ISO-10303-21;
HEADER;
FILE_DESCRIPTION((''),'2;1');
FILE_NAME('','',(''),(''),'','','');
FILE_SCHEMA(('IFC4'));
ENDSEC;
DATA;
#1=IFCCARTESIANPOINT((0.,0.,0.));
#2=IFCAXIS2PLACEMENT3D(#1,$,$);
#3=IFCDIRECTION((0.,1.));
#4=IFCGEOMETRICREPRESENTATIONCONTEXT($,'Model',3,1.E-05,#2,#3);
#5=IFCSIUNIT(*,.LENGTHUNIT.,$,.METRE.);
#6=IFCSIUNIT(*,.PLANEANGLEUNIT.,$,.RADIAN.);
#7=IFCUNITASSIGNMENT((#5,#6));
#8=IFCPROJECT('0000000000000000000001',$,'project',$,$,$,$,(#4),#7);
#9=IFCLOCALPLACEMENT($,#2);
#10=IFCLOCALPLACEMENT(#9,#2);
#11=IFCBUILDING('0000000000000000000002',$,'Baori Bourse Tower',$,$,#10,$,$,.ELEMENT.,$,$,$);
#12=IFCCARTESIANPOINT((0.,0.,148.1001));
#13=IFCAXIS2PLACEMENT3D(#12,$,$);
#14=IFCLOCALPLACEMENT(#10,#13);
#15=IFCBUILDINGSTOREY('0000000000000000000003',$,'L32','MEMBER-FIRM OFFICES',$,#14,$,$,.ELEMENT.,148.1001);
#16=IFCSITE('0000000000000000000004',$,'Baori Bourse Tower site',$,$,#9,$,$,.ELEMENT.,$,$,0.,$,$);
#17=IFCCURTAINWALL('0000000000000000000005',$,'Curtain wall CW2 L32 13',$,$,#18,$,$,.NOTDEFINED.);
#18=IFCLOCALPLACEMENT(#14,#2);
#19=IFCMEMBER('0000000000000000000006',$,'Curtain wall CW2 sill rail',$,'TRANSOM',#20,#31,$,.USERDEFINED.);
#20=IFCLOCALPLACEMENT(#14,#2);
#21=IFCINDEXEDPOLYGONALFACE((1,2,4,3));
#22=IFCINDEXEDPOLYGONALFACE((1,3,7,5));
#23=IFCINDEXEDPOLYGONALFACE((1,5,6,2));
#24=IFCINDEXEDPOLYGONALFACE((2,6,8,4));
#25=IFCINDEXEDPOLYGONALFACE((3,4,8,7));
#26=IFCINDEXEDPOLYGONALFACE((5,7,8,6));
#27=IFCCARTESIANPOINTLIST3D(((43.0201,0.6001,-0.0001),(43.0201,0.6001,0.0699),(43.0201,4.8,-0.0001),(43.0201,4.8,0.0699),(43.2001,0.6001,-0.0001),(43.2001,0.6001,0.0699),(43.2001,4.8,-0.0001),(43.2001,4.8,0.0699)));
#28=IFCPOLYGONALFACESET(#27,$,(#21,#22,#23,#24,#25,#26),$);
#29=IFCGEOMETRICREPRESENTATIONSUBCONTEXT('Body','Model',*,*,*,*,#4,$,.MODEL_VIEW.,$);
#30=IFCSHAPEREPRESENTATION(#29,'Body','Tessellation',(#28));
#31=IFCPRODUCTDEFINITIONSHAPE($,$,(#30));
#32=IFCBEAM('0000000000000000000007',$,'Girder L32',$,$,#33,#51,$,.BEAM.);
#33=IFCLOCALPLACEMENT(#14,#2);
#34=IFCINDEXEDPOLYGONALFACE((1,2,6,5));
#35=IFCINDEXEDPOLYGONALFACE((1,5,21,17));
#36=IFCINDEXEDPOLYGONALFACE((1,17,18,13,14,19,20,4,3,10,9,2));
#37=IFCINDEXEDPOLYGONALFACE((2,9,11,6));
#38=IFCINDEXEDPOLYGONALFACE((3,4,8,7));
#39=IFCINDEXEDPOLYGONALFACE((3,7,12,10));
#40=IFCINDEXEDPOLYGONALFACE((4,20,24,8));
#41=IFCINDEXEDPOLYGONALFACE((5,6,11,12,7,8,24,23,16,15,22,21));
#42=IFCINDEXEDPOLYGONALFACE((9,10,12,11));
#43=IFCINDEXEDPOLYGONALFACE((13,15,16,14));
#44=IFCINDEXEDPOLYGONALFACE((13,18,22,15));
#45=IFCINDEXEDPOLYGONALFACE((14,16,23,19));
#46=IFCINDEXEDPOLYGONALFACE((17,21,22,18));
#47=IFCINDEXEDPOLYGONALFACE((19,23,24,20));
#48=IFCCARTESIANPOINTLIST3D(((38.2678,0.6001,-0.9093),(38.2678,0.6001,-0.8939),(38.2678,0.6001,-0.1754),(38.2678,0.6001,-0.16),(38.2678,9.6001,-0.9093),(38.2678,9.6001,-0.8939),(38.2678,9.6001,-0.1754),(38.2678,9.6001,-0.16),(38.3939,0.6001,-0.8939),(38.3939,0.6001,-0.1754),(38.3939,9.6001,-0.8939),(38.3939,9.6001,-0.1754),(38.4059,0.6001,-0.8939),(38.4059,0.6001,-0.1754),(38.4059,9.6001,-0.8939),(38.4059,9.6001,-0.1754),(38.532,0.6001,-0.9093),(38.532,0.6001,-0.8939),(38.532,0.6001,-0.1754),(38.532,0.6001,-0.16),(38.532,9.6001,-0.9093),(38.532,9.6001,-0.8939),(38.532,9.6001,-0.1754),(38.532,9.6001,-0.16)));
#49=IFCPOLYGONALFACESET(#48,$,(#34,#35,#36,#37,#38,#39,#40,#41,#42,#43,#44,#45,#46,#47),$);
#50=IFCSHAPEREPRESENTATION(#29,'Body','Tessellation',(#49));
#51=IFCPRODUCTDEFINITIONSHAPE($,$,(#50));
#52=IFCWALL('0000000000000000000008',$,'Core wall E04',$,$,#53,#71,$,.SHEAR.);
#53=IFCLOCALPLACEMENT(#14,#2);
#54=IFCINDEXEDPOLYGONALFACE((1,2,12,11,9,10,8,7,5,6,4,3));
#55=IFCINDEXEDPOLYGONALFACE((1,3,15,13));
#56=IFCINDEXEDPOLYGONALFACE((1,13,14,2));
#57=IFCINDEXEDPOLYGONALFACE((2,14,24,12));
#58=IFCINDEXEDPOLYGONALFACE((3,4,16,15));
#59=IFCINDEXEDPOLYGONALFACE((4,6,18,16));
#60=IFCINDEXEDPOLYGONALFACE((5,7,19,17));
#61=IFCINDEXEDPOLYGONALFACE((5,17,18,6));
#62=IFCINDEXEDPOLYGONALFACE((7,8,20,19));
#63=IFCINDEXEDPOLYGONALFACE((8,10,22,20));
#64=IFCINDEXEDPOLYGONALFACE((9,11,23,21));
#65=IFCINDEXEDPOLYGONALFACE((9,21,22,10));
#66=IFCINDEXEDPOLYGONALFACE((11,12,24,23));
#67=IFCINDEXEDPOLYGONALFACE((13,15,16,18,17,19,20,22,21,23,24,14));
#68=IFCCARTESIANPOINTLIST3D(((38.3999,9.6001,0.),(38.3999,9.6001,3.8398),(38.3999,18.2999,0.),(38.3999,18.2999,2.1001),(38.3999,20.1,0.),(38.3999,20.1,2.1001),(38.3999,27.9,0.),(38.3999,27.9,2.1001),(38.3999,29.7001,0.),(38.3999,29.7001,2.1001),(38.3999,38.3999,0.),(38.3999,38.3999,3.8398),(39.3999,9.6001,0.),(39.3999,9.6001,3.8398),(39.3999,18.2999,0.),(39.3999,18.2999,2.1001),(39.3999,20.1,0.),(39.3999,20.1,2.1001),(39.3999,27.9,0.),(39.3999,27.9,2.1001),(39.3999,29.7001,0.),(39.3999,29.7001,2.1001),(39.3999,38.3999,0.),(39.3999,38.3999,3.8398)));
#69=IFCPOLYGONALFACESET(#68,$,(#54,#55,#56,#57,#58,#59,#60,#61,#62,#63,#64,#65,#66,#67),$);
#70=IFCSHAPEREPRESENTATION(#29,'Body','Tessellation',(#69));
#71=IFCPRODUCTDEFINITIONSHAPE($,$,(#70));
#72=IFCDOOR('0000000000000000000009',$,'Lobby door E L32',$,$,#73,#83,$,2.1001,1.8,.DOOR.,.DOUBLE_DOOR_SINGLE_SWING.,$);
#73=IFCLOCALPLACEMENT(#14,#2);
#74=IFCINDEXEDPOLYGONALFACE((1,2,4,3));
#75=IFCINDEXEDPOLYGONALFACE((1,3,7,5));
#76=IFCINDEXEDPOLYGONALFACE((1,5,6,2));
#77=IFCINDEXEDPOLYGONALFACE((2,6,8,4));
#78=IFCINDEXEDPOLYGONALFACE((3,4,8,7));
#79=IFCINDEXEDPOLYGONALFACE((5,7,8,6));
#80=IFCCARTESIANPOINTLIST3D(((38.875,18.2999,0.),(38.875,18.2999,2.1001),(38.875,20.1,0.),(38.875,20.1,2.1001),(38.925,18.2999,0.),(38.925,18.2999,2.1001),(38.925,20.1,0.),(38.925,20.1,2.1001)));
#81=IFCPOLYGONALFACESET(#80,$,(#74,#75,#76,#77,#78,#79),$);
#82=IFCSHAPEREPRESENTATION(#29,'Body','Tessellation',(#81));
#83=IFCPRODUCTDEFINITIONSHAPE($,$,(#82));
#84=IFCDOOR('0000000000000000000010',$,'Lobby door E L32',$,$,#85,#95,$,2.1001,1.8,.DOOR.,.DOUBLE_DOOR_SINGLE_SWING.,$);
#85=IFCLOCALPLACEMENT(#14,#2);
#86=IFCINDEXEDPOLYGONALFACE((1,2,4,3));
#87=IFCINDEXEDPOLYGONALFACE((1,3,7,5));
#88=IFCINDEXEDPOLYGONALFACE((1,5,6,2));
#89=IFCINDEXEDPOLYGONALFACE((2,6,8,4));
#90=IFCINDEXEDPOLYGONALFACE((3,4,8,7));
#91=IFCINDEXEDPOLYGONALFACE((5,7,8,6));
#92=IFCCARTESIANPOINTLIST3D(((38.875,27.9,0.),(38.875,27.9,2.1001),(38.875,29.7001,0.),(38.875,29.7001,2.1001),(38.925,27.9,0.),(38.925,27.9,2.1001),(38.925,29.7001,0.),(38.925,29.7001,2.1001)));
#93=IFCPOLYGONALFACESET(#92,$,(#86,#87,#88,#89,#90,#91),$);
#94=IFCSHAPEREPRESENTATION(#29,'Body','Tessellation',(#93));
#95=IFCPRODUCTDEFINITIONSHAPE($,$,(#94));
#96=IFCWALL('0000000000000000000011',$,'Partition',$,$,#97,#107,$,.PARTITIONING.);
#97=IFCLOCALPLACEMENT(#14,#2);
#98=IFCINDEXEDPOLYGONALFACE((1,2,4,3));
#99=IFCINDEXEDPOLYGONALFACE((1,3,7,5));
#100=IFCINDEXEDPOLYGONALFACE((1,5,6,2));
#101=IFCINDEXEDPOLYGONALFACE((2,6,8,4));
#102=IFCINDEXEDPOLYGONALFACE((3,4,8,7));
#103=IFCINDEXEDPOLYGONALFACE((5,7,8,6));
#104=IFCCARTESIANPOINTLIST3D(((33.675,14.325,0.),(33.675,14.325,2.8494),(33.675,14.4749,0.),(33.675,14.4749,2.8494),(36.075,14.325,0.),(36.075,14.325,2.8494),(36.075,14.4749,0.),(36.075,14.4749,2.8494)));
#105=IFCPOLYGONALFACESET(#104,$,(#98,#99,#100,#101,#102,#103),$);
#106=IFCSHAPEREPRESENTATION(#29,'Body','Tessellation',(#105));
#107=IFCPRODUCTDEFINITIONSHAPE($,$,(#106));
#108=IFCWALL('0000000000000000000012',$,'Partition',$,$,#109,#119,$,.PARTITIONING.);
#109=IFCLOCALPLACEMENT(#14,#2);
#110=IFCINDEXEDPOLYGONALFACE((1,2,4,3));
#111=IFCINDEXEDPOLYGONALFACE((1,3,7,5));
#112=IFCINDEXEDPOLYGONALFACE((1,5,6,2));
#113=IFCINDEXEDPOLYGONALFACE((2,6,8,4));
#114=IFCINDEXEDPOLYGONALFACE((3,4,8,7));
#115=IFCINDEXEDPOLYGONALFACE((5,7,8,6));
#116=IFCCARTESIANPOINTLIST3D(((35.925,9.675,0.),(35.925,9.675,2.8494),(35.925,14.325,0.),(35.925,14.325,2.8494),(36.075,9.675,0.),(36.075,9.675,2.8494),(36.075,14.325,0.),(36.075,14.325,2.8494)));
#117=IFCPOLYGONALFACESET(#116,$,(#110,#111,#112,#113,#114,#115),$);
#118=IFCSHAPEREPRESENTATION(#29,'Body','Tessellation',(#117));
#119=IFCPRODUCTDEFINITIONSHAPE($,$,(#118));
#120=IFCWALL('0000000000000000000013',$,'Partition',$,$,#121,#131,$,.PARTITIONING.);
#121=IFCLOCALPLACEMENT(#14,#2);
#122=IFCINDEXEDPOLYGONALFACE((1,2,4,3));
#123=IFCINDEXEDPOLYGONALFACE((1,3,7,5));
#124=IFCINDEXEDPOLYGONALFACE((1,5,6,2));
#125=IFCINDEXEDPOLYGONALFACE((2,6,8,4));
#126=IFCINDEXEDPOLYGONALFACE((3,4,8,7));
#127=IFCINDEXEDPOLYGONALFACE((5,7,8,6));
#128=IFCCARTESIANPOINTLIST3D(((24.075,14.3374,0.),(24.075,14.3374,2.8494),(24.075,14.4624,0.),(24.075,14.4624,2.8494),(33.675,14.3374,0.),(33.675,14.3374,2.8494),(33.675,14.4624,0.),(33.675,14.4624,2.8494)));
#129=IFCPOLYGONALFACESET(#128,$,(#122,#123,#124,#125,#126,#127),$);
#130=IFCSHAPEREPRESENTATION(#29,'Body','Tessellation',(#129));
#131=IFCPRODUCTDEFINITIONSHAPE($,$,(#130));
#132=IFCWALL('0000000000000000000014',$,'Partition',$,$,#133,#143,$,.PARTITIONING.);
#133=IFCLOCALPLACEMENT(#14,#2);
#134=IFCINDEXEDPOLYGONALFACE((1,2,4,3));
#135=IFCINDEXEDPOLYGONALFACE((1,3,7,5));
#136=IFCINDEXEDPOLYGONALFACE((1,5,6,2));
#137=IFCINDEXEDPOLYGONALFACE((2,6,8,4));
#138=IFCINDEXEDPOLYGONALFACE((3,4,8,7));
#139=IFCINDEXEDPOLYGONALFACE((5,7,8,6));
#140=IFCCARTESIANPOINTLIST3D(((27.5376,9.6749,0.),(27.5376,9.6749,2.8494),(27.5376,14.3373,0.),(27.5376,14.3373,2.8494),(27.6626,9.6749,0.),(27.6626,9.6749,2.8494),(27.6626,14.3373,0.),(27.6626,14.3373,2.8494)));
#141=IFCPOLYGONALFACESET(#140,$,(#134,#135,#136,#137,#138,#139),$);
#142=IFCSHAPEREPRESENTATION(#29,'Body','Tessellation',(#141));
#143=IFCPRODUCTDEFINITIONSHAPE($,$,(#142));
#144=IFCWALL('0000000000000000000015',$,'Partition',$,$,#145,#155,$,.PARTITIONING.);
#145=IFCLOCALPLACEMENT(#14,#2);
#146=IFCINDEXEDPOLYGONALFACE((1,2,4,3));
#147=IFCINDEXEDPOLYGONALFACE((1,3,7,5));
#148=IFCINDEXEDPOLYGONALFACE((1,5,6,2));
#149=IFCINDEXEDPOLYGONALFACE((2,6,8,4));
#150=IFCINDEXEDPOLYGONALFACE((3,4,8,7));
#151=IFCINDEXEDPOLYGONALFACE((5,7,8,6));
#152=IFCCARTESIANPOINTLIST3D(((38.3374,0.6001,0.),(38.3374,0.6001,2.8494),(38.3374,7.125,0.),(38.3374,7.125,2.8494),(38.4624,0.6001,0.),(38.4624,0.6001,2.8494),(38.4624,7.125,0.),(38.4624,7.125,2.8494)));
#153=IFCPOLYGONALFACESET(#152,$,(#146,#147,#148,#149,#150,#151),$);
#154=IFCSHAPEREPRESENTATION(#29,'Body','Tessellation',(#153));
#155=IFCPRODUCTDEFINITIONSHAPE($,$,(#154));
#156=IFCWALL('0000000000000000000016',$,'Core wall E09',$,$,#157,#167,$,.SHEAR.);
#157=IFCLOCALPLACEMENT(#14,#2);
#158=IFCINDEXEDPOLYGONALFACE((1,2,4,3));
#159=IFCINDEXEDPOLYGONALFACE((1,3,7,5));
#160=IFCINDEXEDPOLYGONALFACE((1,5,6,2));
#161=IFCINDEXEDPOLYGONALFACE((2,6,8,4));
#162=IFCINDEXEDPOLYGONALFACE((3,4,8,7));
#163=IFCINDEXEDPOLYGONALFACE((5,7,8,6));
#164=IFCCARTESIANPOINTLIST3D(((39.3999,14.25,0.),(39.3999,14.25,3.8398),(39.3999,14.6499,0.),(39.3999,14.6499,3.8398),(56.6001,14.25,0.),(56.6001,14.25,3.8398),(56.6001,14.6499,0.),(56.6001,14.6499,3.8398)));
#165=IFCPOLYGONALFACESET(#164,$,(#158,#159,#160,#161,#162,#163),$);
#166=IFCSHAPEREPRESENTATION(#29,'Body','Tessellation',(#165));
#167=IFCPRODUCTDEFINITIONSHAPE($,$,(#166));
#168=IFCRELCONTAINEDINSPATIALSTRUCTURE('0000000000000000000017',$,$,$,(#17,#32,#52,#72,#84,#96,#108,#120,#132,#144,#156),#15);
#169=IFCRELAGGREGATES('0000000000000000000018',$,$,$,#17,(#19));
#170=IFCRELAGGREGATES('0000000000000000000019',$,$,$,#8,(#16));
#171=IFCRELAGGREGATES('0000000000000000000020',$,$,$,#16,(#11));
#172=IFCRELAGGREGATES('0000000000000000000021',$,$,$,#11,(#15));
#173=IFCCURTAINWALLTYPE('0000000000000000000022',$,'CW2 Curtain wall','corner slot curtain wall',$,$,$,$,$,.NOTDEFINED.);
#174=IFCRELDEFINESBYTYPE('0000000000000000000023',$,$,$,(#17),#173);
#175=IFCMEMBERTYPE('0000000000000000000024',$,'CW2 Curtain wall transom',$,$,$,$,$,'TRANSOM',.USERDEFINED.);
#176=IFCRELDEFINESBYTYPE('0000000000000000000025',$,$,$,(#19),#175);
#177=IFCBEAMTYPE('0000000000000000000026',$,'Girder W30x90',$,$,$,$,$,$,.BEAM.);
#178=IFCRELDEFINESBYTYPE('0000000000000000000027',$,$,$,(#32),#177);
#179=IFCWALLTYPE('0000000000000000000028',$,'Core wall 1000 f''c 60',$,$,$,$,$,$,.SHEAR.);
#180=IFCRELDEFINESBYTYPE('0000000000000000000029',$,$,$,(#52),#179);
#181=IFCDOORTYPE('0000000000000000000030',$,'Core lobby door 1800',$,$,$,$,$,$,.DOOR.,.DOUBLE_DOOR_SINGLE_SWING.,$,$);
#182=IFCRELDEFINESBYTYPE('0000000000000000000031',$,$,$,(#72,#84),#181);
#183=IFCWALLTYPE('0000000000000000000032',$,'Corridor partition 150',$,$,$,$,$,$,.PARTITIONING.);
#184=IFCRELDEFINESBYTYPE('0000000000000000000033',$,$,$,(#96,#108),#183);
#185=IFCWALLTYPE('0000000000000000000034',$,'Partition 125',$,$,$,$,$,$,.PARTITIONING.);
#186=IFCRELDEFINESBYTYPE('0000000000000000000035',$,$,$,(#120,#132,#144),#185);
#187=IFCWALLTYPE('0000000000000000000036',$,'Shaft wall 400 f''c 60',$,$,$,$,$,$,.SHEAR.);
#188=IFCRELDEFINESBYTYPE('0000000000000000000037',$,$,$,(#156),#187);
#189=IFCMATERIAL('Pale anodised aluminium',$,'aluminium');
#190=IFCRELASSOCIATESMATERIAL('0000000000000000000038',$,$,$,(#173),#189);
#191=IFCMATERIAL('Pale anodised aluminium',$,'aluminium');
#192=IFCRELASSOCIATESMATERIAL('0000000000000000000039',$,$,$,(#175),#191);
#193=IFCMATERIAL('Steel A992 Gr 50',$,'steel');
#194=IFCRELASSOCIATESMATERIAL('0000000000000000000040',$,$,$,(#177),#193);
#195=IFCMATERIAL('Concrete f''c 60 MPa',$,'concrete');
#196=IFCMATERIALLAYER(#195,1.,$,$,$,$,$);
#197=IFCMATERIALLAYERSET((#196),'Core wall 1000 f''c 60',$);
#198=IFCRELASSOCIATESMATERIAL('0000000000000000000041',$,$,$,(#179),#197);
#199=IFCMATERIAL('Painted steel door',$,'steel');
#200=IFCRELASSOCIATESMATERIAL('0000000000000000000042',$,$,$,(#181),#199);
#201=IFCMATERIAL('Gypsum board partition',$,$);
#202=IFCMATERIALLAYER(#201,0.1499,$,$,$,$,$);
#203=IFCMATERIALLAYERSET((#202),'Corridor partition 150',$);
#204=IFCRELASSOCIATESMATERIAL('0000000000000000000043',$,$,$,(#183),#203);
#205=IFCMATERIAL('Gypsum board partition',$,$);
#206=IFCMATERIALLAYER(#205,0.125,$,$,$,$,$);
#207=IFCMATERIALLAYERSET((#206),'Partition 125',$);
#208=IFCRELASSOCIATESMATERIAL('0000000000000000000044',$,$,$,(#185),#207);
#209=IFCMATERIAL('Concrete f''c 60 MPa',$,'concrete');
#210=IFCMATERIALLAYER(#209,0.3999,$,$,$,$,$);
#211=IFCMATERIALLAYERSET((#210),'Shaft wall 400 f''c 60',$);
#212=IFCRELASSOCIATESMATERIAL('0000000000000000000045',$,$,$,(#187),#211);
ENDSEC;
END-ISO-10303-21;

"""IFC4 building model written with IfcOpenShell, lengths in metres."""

from ifc_helpers import new_model, si_unit, direction, frame, frame_2d, origin, origin_2d, place, context, subcontext, project, spatial, rectangle, i_section, extrude, material, layer, layer_set, material_profile, profile_set, type_object, element, fill, aggregate, save


model = new_model("IFC4")

# Units and contexts
model_context = context("Model", 3, precision=1e-05, world=origin(), true_north=direction((0.0, 1.0)))
body_context = subcontext(model_context, "Body", "Model", "MODEL_VIEW")
ifc_project = project(units=[si_unit("LENGTHUNIT", "METRE"), si_unit("PLANEANGLEUNIT", "RADIAN")], contexts=[model_context])

# Site, building, storey
site_placement = place(None, origin())
site = spatial("IfcSite", under=ifc_project, at=site_placement, Name="Baori Bourse Tower site", CompositionType="ELEMENT", RefElevation=0.0)
building_placement = place(site_placement, origin())
building = spatial("IfcBuilding", under=site, at=building_placement, Name="Baori Bourse Tower", CompositionType="ELEMENT")
storey_placement = place(building_placement, frame((0.0, 0.0, 148.1001)))
storey = spatial("IfcBuildingStorey", under=building, at=storey_placement, Name="L32", Description="MEMBER-FIRM OFFICES", CompositionType="ELEMENT", Elevation=148.1001)

# Curtain wall, member
ifc_material_1 = material(Name="Pale anodised aluminium", Category="aluminium")
curtain_wall_type = type_object("IfcCurtainWallType", Name="CW2 Curtain wall", Description="corner slot curtain wall", PredefinedType="NOTDEFINED", material=ifc_material_1)
curtain_wall_placement = place(storey_placement, origin())
curtain_wall = element("IfcCurtainWall", 1, at=curtain_wall_placement, inside=storey, type_object=curtain_wall_type, Name="Curtain wall CW2 L32 13", PredefinedType="NOTDEFINED")
ifc_material_2 = material(Name="Pale anodised aluminium", Category="aluminium")
ifc_material_profile_1 = material_profile(ifc_material_2, rectangle(XDim=0.1799, YDim=0.0701, at=origin_2d()), Name="Transom 70x180")
ifc_profile_set_1 = profile_set([ifc_material_profile_1], Name="Pale anodised aluminium")
member_type = type_object("IfcMemberType", Name="CW2 Curtain wall transom", ElementType="TRANSOM", PredefinedType="USERDEFINED", material=ifc_profile_set_1)
member_placement = place(storey_placement, frame((43.1101, 0.6001, 0.0349), z_axis=(0.0, 1.0, 0.0), x_axis=(-1.0, 0.0, 0.0)))
member = element("IfcMember", 2, at=member_placement, type_object=member_type, Name="Curtain wall CW2 sill rail", ObjectType="TRANSOM", PredefinedType="USERDEFINED", context=body_context, shape_type="SweptSolid", body=[
    extrude(rectangle(XDim=0.1799, YDim=0.0701, at=origin_2d()), origin(), (0.0, 0.0, 1.0), 4.2),
])
aggregate(curtain_wall, [member])

# Beam
ifc_material_3 = material(Name="Steel A992 Gr 50", Category="steel")
ifc_material_profile_2 = material_profile(ifc_material_3, i_section(OverallWidth=0.2642, OverallDepth=0.7493, WebThickness=0.012, FlangeThickness=0.0154, at=origin_2d()), Name="W30x90")
ifc_profile_set_2 = profile_set([ifc_material_profile_2], Name="Steel A992 Gr 50")
beam_type = type_object("IfcBeamType", Name="Girder W30x90", PredefinedType="BEAM", material=ifc_profile_set_2)
beam_placement = place(storey_placement, frame((38.3999, 0.6001, -0.5347), z_axis=(0.0, 1.0, 0.0), x_axis=(-1.0, 0.0, 0.0)))
element("IfcBeam", 3, at=beam_placement, inside=storey, type_object=beam_type, Name="Girder L32", PredefinedType="BEAM", context=body_context, shape_type="SweptSolid", body=[
    extrude(i_section(OverallWidth=0.2642, OverallDepth=0.7493, WebThickness=0.012, FlangeThickness=0.0154, at=origin_2d()), origin(), (0.0, 0.0, 1.0), 9.0),
])

# Wall, openings, doors
ifc_material_4 = material(Name="Concrete f'c 60 MPa", Category="concrete")
ifc_layer_1 = layer(ifc_material_4, 1.0)
ifc_layer_set_1 = layer_set([ifc_layer_1], Name="Core wall 1000 f'c 60")
wall_type_1 = type_object("IfcWallType", Name="Core wall 1000 f'c 60", PredefinedType="SHEAR", material=ifc_layer_set_1)
wall_1_placement = place(storey_placement, frame((38.8999, 9.6001, 0.0), z_axis=(0.0, 0.0, 1.0), x_axis=(0.0, 1.0, 0.0)))
wall_1 = element("IfcWall", 4, at=wall_1_placement, inside=storey, type_object=wall_type_1, Name="Core wall E04", PredefinedType="SHEAR", context=body_context, shape_type="SweptSolid", body=[
    extrude(rectangle(XDim=28.7998, YDim=1.0, at=frame_2d((14.3999, 0.0))), origin(), (0.0, 0.0, 1.0), 3.8398),
])
opening_1_placement = place(wall_1_placement, frame((8.7, 0.0, 0.0)))
opening_1 = element("IfcOpeningElement", 5, at=opening_1_placement, cuts=wall_1, PredefinedType="OPENING", context=body_context, shape_type="SweptSolid", body=[
    extrude(rectangle(XDim=1.8, YDim=2.1001, at=frame_2d((0.8999, 1.05))), frame((0.0, 0.51, 0.0), z_axis=(0.0, -1.0, 0.0), x_axis=(1.0, 0.0, 0.0)), (0.0, 0.0, 1.0), 1.02),
])
opening_2_placement = place(wall_1_placement, frame((18.3, 0.0, 0.0)))
opening_2 = element("IfcOpeningElement", 6, at=opening_2_placement, cuts=wall_1, PredefinedType="OPENING", context=body_context, shape_type="SweptSolid", body=[
    extrude(rectangle(XDim=1.8, YDim=2.1001, at=frame_2d((0.8999, 1.05))), frame((0.0, 0.51, 0.0), z_axis=(0.0, -1.0, 0.0), x_axis=(1.0, 0.0, 0.0)), (0.0, 0.0, 1.0), 1.02),
])
ifc_material_5 = material(Name="Painted steel door", Category="steel")
door_type = type_object("IfcDoorType", Name="Core lobby door 1800", OperationType="DOUBLE_DOOR_SINGLE_SWING", PredefinedType="DOOR", material=ifc_material_5)
door_1_placement = place(opening_1_placement, origin())
door_1 = element("IfcDoor", 7, at=door_1_placement, inside=storey, type_object=door_type, Name="Lobby door E L32", OperationType="DOUBLE_DOOR_SINGLE_SWING", OverallHeight=2.1001, OverallWidth=1.8, PredefinedType="DOOR", context=body_context, shape_type="SweptSolid", body=[
    extrude(rectangle(XDim=1.8, YDim=2.1001, at=frame_2d((0.8999, 1.05))), frame((0.0, 0.0249, 0.0), z_axis=(0.0, -1.0, 0.0), x_axis=(1.0, 0.0, 0.0)), (0.0, 0.0, 1.0), 0.05),
])
fill(opening_1, door_1)
door_2_placement = place(opening_2_placement, origin())
door_2 = element("IfcDoor", 8, at=door_2_placement, inside=storey, type_object=door_type, Name="Lobby door E L32", OperationType="DOUBLE_DOOR_SINGLE_SWING", OverallHeight=2.1001, OverallWidth=1.8, PredefinedType="DOOR", context=body_context, shape_type="SweptSolid", body=[
    extrude(rectangle(XDim=1.8, YDim=2.1001, at=frame_2d((0.8999, 1.05))), frame((0.0, 0.0249, 0.0), z_axis=(0.0, -1.0, 0.0), x_axis=(1.0, 0.0, 0.0)), (0.0, 0.0, 1.0), 0.05),
])
fill(opening_2, door_2)

# Walls
ifc_material_6 = material(Name="Gypsum board partition")
ifc_layer_2 = layer(ifc_material_6, 0.1499)
ifc_layer_set_2 = layer_set([ifc_layer_2], Name="Corridor partition 150")
wall_type_2 = type_object("IfcWallType", Name="Corridor partition 150", PredefinedType="PARTITIONING", material=ifc_layer_set_2)
wall_2_placement = place(storey_placement, frame((33.675, 14.3999, 0.0), z_axis=(0.0, 0.0, 1.0), x_axis=(1.0, 0.0, 0.0)))
element("IfcWall", 9, at=wall_2_placement, inside=storey, type_object=wall_type_2, Name="Partition", PredefinedType="PARTITIONING", context=body_context, shape_type="SweptSolid", body=[
    extrude(rectangle(XDim=2.3999, YDim=0.1499, at=frame_2d((1.2, 0.0))), origin(), (0.0, 0.0, 1.0), 2.8494),
])
wall_3_placement = place(storey_placement, frame((36.0, 9.675, 0.0), z_axis=(0.0, 0.0, 1.0), x_axis=(0.0, 1.0, 0.0)))
element("IfcWall", 10, at=wall_3_placement, inside=storey, type_object=wall_type_2, Name="Partition", PredefinedType="PARTITIONING", context=body_context, shape_type="SweptSolid", body=[
    extrude(rectangle(XDim=4.6499, YDim=0.1499, at=frame_2d((2.325, 0.0))), origin(), (0.0, 0.0, 1.0), 2.8494),
])
ifc_material_7 = material(Name="Gypsum board partition")
ifc_layer_3 = layer(ifc_material_7, 0.125)
ifc_layer_set_3 = layer_set([ifc_layer_3], Name="Partition 125")
wall_type_3 = type_object("IfcWallType", Name="Partition 125", PredefinedType="PARTITIONING", material=ifc_layer_set_3)
wall_4_placement = place(storey_placement, frame((24.075, 14.3999, 0.0), z_axis=(0.0, 0.0, 1.0), x_axis=(1.0, 0.0, 0.0)))
element("IfcWall", 11, at=wall_4_placement, inside=storey, type_object=wall_type_3, Name="Partition", PredefinedType="PARTITIONING", context=body_context, shape_type="SweptSolid", body=[
    extrude(rectangle(XDim=9.6001, YDim=0.125, at=frame_2d((4.8, 0.0))), origin(), (0.0, 0.0, 1.0), 2.8494),
])
wall_5_placement = place(storey_placement, frame((27.6001, 9.675, 0.0), z_axis=(0.0, 0.0, 1.0), x_axis=(0.0, 1.0, 0.0)))
element("IfcWall", 12, at=wall_5_placement, inside=storey, type_object=wall_type_3, Name="Partition", PredefinedType="PARTITIONING", context=body_context, shape_type="SweptSolid", body=[
    extrude(rectangle(XDim=4.6624, YDim=0.125, at=frame_2d((2.3311, 0.0))), origin(), (0.0, 0.0, 1.0), 2.8494),
])
wall_6_placement = place(storey_placement, frame((38.3999, 0.6001, 0.0), z_axis=(0.0, 0.0, 1.0), x_axis=(0.0, 1.0, 0.0)))
element("IfcWall", 13, at=wall_6_placement, inside=storey, type_object=wall_type_3, Name="Partition", PredefinedType="PARTITIONING", context=body_context, shape_type="SweptSolid", body=[
    extrude(rectangle(XDim=6.5249, YDim=0.125, at=frame_2d((3.2625, 0.0))), origin(), (0.0, 0.0, 1.0), 2.8494),
])
ifc_material_8 = material(Name="Concrete f'c 60 MPa", Category="concrete")
ifc_layer_4 = layer(ifc_material_8, 0.3999)
ifc_layer_set_4 = layer_set([ifc_layer_4], Name="Shaft wall 400 f'c 60")
wall_type_4 = type_object("IfcWallType", Name="Shaft wall 400 f'c 60", PredefinedType="SHEAR", material=ifc_layer_set_4)
wall_7_placement = place(storey_placement, frame((39.3999, 14.45, 0.0), z_axis=(0.0, 0.0, 1.0), x_axis=(1.0, 0.0, 0.0)))
element("IfcWall", 14, at=wall_7_placement, inside=storey, type_object=wall_type_4, Name="Core wall E09", PredefinedType="SHEAR", context=body_context, shape_type="SweptSolid", body=[
    extrude(rectangle(XDim=17.2002, YDim=0.3999, at=frame_2d((8.6001, 0.0))), origin(), (0.0, 0.0, 1.0), 3.8398),
])

save(model, "model.ifc")
